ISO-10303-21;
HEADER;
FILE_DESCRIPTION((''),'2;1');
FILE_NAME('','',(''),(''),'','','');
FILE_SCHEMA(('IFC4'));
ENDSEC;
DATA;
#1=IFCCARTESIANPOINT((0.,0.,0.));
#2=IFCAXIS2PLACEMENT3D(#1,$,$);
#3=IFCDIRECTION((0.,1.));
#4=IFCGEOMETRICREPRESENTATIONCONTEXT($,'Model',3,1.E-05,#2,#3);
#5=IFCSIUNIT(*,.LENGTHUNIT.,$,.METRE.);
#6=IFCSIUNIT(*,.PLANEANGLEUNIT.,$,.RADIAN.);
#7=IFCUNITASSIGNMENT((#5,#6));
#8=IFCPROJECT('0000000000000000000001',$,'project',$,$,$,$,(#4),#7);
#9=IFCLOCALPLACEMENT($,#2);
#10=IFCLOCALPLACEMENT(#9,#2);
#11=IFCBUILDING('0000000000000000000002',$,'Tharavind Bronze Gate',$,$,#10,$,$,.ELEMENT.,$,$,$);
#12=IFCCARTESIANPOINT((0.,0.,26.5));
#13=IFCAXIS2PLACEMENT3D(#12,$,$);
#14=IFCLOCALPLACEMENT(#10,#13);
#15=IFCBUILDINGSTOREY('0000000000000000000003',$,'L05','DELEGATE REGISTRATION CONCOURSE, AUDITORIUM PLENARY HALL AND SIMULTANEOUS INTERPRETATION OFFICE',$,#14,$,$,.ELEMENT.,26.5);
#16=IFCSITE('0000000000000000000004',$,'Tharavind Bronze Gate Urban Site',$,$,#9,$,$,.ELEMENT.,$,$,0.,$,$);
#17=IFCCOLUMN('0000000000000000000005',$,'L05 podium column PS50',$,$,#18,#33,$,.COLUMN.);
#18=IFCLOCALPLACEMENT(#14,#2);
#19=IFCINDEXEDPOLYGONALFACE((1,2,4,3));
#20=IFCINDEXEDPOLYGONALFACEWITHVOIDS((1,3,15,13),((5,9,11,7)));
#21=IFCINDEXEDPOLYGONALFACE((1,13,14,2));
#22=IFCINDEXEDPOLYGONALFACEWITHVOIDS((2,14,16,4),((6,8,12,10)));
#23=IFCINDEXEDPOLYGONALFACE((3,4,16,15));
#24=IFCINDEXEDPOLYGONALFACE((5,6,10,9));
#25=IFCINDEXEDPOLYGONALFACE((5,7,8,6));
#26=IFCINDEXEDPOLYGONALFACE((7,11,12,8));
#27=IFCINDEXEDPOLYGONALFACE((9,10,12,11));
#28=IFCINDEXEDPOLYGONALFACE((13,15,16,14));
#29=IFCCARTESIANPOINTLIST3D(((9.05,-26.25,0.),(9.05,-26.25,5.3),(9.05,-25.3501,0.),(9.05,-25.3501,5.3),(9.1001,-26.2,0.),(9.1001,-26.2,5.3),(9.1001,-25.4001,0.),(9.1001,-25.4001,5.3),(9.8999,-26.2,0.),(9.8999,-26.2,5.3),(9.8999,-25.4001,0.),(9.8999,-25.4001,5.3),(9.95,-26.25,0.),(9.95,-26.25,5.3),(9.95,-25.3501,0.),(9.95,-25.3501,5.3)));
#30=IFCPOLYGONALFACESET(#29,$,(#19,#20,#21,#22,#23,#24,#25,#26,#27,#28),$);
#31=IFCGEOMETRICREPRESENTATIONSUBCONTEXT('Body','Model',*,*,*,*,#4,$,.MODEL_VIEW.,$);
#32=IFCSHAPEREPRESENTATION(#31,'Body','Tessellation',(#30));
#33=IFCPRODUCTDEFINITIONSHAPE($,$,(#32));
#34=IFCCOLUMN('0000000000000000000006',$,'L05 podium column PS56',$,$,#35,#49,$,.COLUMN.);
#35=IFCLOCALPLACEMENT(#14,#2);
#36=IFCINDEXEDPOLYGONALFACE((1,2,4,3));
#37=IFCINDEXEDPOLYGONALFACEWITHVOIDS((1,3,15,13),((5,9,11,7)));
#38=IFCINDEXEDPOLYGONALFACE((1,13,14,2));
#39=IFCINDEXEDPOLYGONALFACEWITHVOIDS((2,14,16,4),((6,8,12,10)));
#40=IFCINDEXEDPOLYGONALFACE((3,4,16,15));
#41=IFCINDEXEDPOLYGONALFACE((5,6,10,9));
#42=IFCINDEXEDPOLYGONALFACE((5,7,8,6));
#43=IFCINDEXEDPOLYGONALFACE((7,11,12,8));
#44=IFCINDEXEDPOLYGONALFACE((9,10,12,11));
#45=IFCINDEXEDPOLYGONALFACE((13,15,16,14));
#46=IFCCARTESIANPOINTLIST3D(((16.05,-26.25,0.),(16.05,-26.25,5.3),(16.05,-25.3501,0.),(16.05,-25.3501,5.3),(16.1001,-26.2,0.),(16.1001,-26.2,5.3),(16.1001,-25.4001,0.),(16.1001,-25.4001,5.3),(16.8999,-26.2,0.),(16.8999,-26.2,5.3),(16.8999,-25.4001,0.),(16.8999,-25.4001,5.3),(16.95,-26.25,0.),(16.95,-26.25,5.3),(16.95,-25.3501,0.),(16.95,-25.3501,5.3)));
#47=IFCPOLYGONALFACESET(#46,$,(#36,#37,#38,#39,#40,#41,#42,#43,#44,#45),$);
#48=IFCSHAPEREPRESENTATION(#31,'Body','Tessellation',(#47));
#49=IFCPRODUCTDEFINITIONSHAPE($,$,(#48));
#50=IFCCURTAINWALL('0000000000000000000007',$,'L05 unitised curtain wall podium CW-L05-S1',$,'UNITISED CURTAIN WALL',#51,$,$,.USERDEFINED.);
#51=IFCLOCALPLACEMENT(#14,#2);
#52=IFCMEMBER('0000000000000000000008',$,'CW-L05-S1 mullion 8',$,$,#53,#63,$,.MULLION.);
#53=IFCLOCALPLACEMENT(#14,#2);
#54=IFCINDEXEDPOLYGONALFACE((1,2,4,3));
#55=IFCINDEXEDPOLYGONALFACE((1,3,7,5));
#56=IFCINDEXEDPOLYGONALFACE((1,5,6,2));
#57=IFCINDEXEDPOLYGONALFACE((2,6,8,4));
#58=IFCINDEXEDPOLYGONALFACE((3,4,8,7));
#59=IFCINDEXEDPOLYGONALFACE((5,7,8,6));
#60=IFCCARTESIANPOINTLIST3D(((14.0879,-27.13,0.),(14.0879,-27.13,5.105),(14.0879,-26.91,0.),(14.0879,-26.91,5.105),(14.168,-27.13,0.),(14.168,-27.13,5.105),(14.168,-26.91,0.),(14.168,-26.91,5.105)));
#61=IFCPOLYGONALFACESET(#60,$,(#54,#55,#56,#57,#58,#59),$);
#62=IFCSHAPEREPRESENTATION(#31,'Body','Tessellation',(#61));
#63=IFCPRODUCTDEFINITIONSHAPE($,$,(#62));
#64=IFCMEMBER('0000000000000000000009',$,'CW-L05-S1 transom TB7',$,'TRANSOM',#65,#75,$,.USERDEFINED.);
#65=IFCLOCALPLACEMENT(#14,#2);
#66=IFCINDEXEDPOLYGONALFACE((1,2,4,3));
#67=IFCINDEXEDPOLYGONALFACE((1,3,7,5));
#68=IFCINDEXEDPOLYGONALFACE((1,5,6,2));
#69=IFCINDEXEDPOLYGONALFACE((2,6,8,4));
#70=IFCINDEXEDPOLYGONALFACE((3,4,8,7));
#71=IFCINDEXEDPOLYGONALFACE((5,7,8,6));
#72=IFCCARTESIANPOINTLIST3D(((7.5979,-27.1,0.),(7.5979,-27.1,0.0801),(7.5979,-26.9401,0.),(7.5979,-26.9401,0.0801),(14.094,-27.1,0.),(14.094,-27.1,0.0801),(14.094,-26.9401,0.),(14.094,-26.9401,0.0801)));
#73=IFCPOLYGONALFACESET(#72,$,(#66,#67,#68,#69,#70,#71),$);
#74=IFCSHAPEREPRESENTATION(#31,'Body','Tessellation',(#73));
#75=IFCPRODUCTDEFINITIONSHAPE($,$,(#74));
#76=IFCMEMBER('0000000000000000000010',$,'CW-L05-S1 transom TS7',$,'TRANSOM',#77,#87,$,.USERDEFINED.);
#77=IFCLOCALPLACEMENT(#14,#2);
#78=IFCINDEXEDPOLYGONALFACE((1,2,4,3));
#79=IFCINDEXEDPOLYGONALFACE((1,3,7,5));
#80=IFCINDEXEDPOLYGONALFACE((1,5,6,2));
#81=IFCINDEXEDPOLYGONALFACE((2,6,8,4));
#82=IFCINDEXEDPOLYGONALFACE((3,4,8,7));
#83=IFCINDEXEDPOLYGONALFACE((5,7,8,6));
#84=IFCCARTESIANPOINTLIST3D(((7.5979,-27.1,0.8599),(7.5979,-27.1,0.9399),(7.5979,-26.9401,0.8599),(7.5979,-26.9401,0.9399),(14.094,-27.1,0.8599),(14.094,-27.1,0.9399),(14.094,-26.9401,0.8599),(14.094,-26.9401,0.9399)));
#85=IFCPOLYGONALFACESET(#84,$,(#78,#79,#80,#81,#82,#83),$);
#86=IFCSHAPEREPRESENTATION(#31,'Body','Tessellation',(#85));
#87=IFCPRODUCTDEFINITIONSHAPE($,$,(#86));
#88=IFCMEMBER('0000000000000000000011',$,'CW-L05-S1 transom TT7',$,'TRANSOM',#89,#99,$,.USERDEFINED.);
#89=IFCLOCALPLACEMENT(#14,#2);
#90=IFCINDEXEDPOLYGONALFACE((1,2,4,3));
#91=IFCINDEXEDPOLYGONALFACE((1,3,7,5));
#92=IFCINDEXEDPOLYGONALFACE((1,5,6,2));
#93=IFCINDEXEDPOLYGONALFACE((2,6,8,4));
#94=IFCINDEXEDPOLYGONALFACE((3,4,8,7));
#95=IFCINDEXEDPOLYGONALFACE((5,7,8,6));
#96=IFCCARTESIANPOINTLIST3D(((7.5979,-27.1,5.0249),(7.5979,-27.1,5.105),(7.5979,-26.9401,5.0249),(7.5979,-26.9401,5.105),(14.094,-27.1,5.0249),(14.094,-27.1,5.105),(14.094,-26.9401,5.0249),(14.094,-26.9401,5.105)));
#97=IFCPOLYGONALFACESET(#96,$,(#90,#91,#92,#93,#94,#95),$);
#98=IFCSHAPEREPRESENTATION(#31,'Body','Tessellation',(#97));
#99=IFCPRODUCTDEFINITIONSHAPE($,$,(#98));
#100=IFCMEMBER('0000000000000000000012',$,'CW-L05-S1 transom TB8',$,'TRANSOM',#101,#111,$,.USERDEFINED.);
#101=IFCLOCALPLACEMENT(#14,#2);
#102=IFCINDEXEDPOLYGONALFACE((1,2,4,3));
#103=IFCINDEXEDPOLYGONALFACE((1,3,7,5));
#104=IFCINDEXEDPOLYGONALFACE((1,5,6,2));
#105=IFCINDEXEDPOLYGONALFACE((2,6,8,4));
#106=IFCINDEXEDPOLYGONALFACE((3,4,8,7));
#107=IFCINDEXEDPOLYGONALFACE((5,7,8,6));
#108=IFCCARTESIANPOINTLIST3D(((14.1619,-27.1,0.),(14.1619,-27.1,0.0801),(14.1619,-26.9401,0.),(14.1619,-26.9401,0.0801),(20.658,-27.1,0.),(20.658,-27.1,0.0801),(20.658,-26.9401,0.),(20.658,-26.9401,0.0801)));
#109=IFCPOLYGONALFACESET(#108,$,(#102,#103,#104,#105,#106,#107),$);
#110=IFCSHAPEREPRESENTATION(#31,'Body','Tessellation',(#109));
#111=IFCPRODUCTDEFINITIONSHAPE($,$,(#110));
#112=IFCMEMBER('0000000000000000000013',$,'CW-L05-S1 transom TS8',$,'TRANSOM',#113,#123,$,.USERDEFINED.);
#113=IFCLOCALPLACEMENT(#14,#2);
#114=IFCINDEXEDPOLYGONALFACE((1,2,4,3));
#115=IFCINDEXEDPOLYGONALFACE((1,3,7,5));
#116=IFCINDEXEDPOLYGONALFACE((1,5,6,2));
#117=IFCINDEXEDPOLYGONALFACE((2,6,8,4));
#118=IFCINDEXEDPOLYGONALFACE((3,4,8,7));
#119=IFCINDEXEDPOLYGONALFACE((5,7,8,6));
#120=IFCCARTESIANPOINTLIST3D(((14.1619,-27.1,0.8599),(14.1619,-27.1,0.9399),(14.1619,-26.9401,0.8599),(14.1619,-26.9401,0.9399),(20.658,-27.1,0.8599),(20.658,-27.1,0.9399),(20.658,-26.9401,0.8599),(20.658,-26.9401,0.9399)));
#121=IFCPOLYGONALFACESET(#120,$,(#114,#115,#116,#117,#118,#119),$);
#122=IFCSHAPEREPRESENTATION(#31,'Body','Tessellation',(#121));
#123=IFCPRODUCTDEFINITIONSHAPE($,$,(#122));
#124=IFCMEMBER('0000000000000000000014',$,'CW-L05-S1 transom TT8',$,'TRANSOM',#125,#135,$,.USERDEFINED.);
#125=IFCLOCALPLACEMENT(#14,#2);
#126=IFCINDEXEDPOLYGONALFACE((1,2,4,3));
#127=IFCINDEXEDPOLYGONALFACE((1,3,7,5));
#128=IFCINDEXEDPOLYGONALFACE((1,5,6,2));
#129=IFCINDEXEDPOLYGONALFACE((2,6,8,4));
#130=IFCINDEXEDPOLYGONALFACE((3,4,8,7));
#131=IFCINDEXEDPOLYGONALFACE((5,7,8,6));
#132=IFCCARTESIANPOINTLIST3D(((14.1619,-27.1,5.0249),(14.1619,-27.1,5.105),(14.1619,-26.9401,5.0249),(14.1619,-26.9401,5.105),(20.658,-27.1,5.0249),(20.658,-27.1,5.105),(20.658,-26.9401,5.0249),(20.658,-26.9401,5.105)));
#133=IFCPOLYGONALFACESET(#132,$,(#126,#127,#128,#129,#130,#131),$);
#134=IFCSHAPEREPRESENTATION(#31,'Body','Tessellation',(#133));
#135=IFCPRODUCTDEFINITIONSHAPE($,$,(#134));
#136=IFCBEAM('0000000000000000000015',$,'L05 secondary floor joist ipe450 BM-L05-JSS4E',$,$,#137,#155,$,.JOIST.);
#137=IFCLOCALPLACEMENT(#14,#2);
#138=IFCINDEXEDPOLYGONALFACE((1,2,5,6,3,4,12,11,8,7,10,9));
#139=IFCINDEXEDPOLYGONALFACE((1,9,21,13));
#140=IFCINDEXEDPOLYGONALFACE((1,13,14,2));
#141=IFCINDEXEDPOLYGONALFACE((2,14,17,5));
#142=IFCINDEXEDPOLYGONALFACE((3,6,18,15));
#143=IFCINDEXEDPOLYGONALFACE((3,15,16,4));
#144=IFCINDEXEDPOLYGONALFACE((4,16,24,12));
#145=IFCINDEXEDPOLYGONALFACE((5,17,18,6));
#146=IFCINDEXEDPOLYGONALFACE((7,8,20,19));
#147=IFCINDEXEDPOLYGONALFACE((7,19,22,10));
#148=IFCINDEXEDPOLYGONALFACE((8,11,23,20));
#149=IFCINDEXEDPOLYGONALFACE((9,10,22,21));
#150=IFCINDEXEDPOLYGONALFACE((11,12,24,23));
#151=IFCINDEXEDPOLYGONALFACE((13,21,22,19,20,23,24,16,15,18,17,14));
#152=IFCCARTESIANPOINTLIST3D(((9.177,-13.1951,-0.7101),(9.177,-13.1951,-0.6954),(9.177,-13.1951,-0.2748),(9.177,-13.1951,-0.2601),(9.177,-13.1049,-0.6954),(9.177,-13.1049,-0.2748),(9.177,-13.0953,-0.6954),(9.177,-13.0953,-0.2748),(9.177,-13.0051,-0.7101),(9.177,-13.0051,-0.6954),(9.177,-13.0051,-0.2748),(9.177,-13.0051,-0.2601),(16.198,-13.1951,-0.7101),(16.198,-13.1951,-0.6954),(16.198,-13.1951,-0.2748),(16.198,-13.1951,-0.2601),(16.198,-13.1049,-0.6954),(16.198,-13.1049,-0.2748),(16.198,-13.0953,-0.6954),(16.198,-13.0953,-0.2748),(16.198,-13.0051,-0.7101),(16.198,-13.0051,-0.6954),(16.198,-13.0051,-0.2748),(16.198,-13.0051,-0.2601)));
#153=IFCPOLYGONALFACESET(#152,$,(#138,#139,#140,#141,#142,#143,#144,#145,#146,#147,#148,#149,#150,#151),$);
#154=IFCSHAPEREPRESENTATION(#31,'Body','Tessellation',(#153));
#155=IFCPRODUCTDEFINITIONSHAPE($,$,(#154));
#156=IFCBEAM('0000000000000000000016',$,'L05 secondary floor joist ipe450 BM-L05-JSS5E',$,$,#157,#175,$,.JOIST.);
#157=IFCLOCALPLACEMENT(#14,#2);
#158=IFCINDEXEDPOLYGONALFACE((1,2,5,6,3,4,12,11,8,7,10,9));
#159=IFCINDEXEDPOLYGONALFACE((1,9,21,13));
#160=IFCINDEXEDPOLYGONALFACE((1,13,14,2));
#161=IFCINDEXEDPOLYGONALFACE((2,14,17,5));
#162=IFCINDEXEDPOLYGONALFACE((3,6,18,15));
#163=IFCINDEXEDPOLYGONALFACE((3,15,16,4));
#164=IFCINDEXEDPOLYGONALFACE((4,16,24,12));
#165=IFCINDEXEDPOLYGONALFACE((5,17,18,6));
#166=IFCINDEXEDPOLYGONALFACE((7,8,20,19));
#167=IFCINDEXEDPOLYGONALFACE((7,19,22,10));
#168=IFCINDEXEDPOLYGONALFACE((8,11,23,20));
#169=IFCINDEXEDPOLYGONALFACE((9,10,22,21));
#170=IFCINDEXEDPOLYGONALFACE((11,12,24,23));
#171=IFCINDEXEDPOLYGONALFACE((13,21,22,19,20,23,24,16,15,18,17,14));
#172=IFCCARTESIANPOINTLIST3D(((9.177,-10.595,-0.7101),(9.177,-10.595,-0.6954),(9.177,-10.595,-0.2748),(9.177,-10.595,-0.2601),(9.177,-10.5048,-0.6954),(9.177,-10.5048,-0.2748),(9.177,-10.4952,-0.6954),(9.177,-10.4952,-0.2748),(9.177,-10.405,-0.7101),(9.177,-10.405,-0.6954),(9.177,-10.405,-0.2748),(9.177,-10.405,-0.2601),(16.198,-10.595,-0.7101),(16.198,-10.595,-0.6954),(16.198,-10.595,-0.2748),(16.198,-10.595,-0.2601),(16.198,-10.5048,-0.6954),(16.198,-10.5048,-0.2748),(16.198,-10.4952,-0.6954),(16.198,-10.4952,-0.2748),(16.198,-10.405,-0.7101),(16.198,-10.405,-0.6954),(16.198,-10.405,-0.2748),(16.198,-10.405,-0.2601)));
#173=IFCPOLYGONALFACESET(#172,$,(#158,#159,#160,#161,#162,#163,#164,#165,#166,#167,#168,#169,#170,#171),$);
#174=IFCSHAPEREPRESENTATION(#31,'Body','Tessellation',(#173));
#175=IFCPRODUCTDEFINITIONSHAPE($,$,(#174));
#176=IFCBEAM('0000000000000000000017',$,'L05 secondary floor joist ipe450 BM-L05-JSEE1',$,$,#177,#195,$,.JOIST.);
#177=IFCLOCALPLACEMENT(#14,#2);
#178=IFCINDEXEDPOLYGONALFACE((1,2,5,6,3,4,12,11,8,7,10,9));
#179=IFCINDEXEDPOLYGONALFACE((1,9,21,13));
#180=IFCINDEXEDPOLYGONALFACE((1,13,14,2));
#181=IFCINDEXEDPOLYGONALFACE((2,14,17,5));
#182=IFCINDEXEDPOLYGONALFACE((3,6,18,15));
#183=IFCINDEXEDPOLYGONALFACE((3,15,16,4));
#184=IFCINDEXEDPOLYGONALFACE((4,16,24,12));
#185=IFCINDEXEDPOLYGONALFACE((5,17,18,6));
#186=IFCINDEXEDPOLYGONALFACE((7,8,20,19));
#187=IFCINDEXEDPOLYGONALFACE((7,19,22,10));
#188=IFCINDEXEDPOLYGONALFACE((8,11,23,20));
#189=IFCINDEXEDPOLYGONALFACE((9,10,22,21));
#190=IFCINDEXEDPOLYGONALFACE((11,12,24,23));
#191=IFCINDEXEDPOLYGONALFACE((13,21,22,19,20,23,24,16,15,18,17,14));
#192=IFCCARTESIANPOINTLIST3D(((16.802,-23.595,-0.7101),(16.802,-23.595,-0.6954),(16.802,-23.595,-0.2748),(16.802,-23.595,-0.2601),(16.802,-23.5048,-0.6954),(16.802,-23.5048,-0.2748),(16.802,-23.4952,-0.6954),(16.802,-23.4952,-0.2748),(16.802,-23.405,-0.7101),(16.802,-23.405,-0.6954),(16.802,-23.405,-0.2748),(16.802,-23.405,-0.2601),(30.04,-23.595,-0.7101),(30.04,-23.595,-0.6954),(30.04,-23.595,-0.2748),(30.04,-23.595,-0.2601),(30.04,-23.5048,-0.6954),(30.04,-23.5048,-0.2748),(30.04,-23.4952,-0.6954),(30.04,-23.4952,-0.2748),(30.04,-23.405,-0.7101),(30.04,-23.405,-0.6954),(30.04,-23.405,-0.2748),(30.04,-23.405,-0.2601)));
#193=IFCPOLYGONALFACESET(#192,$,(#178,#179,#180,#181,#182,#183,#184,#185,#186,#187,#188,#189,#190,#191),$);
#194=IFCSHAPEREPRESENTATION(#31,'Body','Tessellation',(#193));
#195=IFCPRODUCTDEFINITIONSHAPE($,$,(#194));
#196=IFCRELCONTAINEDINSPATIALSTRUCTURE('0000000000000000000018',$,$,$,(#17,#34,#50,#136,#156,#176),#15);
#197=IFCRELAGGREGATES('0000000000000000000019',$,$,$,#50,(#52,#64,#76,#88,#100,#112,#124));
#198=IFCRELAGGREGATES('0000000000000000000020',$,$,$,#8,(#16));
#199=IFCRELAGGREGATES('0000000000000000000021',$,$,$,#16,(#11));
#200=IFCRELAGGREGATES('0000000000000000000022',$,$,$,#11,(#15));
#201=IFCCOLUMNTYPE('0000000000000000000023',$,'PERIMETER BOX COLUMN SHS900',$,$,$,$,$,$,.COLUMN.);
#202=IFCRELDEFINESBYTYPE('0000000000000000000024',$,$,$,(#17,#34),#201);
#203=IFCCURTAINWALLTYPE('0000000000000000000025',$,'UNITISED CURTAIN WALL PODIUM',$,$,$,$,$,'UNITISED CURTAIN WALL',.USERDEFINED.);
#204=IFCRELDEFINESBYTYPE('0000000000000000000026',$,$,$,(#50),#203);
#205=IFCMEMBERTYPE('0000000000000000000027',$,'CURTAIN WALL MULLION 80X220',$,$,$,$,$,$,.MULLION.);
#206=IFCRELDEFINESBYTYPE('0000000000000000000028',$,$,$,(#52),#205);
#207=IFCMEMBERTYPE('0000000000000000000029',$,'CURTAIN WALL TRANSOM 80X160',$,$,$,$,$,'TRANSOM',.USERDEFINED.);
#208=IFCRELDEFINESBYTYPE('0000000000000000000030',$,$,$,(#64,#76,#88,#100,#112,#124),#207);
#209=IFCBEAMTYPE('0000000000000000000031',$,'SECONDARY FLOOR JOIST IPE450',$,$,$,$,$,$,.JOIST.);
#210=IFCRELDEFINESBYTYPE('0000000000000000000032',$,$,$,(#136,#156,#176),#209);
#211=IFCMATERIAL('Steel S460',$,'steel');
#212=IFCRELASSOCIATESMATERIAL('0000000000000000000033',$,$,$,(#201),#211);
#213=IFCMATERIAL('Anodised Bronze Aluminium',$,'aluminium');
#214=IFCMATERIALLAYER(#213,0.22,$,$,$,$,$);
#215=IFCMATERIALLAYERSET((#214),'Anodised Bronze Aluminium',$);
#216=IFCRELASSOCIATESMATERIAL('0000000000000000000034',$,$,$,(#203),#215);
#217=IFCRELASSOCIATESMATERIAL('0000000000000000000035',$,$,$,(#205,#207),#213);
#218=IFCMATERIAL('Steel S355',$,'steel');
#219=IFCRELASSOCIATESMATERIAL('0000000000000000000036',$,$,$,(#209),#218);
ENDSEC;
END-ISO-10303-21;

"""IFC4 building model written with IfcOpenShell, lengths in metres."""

from ifc_helpers import new_model, si_unit, direction, frame, origin, origin_2d, place, context, subcontext, project, spatial, rectangle, hollow_rectangle, i_section, extrude, material, layer, layer_set, material_profile, profile_set, type_object, element, aggregate, save


model = new_model("IFC4")

# Units and contexts
model_context = context("Model", 3, precision=1e-05, world=origin(), true_north=direction((0.0, 1.0)))
body_context = subcontext(model_context, "Body", "Model", "MODEL_VIEW")
ifc_project = project(units=[si_unit("LENGTHUNIT", "METRE"), si_unit("PLANEANGLEUNIT", "RADIAN")], contexts=[model_context])

# Site, building, storey
site_placement = place(None, origin())
site = spatial("IfcSite", under=ifc_project, at=site_placement, Name="Tharavind Bronze Gate Urban Site", CompositionType="ELEMENT", RefElevation=0.0)
building_placement = place(site_placement, origin())
building = spatial("IfcBuilding", under=site, at=building_placement, Name="Tharavind Bronze Gate", CompositionType="ELEMENT")
storey_placement = place(building_placement, frame((0.0, 0.0, 26.5)))
storey = spatial("IfcBuildingStorey", under=building, at=storey_placement, Name="L05", Description="DELEGATE REGISTRATION CONCOURSE, AUDITORIUM PLENARY HALL AND SIMULTANEOUS INTERPRETATION OFFICE", CompositionType="ELEMENT", Elevation=26.5)

# Columns
ifc_material_1 = material(Name="Steel S460", Category="steel")
ifc_material_profile_1 = material_profile(ifc_material_1, hollow_rectangle(XDim=0.8999, YDim=0.8999, WallThickness=0.05, at=origin_2d()), Name="SHS900X50")
ifc_profile_set_1 = profile_set([ifc_material_profile_1], Name="Steel S460")
column_type = type_object("IfcColumnType", Name="PERIMETER BOX COLUMN SHS900", PredefinedType="COLUMN", material=ifc_profile_set_1)
for number, where, z_axis, x_axis, name in (
    (1, (9.5, -25.8, 0.0), (0.0, 0.0, 1.0), (1.0, 0.0, 0.0), "L05 podium column PS50"),
    (2, (16.5, -25.8, 0.0), (0.0, 0.0, 1.0), (1.0, 0.0, 0.0), "L05 podium column PS56"),
):
    element("IfcColumn", number, at=place(storey_placement, frame(where, z_axis=z_axis, x_axis=x_axis)), inside=storey, type_object=column_type, Name=name, PredefinedType="COLUMN", context=body_context, shape_type="SweptSolid", body=[
        extrude(hollow_rectangle(XDim=0.8999, YDim=0.8999, WallThickness=0.05, at=origin_2d()), origin(), (0.0, 0.0, 1.0), 5.3),
    ])

# Curtain wall, members
ifc_material_2 = material(Name="Anodised Bronze Aluminium", Category="aluminium")
ifc_layer_1 = layer(ifc_material_2, 0.22)
ifc_layer_set_1 = layer_set([ifc_layer_1], Name="Anodised Bronze Aluminium")
curtain_wall_type = type_object("IfcCurtainWallType", Name="UNITISED CURTAIN WALL PODIUM", ElementType="UNITISED CURTAIN WALL", PredefinedType="USERDEFINED", material=ifc_layer_set_1)
curtain_wall_placement = place(storey_placement, origin())
curtain_wall = element("IfcCurtainWall", 3, at=curtain_wall_placement, inside=storey, type_object=curtain_wall_type, Name="L05 unitised curtain wall podium CW-L05-S1", ObjectType="UNITISED CURTAIN WALL", PredefinedType="USERDEFINED")
member_type_1 = type_object("IfcMemberType", Name="CURTAIN WALL MULLION 80X220", PredefinedType="MULLION", material=ifc_material_2)
member_1_placement = place(storey_placement, frame((14.1279, -27.02, 0.0), z_axis=(0.0, 0.0, 1.0), x_axis=(1.0, 0.0, 0.0)))
member_1 = element("IfcMember", 4, at=member_1_placement, type_object=member_type_1, Name="CW-L05-S1 mullion 8", PredefinedType="MULLION", context=body_context, shape_type="SweptSolid", body=[
    extrude(rectangle(XDim=0.0801, YDim=0.22, at=origin_2d()), origin(), (0.0, 0.0, 1.0), 5.105),
])
member_type_2 = type_object("IfcMemberType", Name="CURTAIN WALL TRANSOM 80X160", ElementType="TRANSOM", PredefinedType="USERDEFINED", material=ifc_material_2)
member_2_placement = place(storey_placement, frame((10.8459, -27.02, 0.0), z_axis=(0.0, 0.0, 1.0), x_axis=(1.0, 0.0, 0.0)))
member_2 = element("IfcMember", 5, at=member_2_placement, type_object=member_type_2, Name="CW-L05-S1 transom TB7", ObjectType="TRANSOM", PredefinedType="USERDEFINED", context=body_context, shape_type="SweptSolid", body=[
    extrude(rectangle(XDim=6.4961, YDim=0.1599, at=origin_2d()), origin(), (0.0, 0.0, 1.0), 0.0801),
])
member_3_placement = place(storey_placement, frame((10.8459, -27.02, 0.8599), z_axis=(0.0, 0.0, 1.0), x_axis=(1.0, 0.0, 0.0)))
member_3 = element("IfcMember", 6, at=member_3_placement, type_object=member_type_2, Name="CW-L05-S1 transom TS7", ObjectType="TRANSOM", PredefinedType="USERDEFINED", context=body_context, shape_type="SweptSolid", body=[
    extrude(rectangle(XDim=6.4961, YDim=0.1599, at=origin_2d()), origin(), (0.0, 0.0, 1.0), 0.0801),
])
member_4_placement = place(storey_placement, frame((10.8459, -27.02, 5.0249), z_axis=(0.0, 0.0, 1.0), x_axis=(1.0, 0.0, 0.0)))
member_4 = element("IfcMember", 7, at=member_4_placement, type_object=member_type_2, Name="CW-L05-S1 transom TT7", ObjectType="TRANSOM", PredefinedType="USERDEFINED", context=body_context, shape_type="SweptSolid", body=[
    extrude(rectangle(XDim=6.4961, YDim=0.1599, at=origin_2d()), origin(), (0.0, 0.0, 1.0), 0.0801),
])
member_5_placement = place(storey_placement, frame((17.4099, -27.02, 0.0), z_axis=(0.0, 0.0, 1.0), x_axis=(1.0, 0.0, 0.0)))
member_5 = element("IfcMember", 8, at=member_5_placement, type_object=member_type_2, Name="CW-L05-S1 transom TB8", ObjectType="TRANSOM", PredefinedType="USERDEFINED", context=body_context, shape_type="SweptSolid", body=[
    extrude(rectangle(XDim=6.4961, YDim=0.1599, at=origin_2d()), origin(), (0.0, 0.0, 1.0), 0.0801),
])
member_6_placement = place(storey_placement, frame((17.4099, -27.02, 0.8599), z_axis=(0.0, 0.0, 1.0), x_axis=(1.0, 0.0, 0.0)))
member_6 = element("IfcMember", 9, at=member_6_placement, type_object=member_type_2, Name="CW-L05-S1 transom TS8", ObjectType="TRANSOM", PredefinedType="USERDEFINED", context=body_context, shape_type="SweptSolid", body=[
    extrude(rectangle(XDim=6.4961, YDim=0.1599, at=origin_2d()), origin(), (0.0, 0.0, 1.0), 0.0801),
])
member_7_placement = place(storey_placement, frame((17.4099, -27.02, 5.0249), z_axis=(0.0, 0.0, 1.0), x_axis=(1.0, 0.0, 0.0)))
member_7 = element("IfcMember", 10, at=member_7_placement, type_object=member_type_2, Name="CW-L05-S1 transom TT8", ObjectType="TRANSOM", PredefinedType="USERDEFINED", context=body_context, shape_type="SweptSolid", body=[
    extrude(rectangle(XDim=6.4961, YDim=0.1599, at=origin_2d()), origin(), (0.0, 0.0, 1.0), 0.0801),
])

# Beams
ifc_material_3 = material(Name="Steel S355", Category="steel")
ifc_material_profile_2 = material_profile(ifc_material_3, i_section(OverallWidth=0.1899, OverallDepth=0.45, WebThickness=0.0095, FlangeThickness=0.0146, at=origin_2d()), Name="IPE450")
ifc_profile_set_2 = profile_set([ifc_material_profile_2], Name="Steel S355")
beam_type_1 = type_object("IfcBeamType", Name="SECONDARY FLOOR JOIST IPE450", PredefinedType="JOIST", material=ifc_profile_set_2)
for number, where, z_axis, x_axis, name in (
    (11, (9.177, -13.1001, -0.4851), (1.0, 0.0, 0.0), (0.0, 1.0, 0.0), "L05 secondary floor joist ipe450 BM-L05-JSS4E"),
    (12, (9.177, -10.5, -0.4851), (1.0, 0.0, 0.0), (0.0, 1.0, 0.0), "L05 secondary floor joist ipe450 BM-L05-JSS5E"),
):
    element("IfcBeam", number, at=place(storey_placement, frame(where, z_axis=z_axis, x_axis=x_axis)), inside=storey, type_object=beam_type_1, Name=name, PredefinedType="JOIST", context=body_context, shape_type="SweptSolid", body=[
        extrude(i_section(OverallWidth=0.1899, OverallDepth=0.45, WebThickness=0.0095, FlangeThickness=0.0146, at=origin_2d()), origin(), (0.0, 0.0, 1.0), 7.021),
    ])
for number, where, z_axis, x_axis, name in (
    (13, (16.802, -23.5, -0.4851), (1.0, 0.0, 0.0), (0.0, 1.0, 0.0), "L05 secondary floor joist ipe450 BM-L05-JSEE1"),
):
    element("IfcBeam", number, at=place(storey_placement, frame(where, z_axis=z_axis, x_axis=x_axis)), inside=storey, type_object=beam_type_1, Name=name, PredefinedType="JOIST", context=body_context, shape_type="SweptSolid", body=[
        extrude(i_section(OverallWidth=0.1899, OverallDepth=0.45, WebThickness=0.0095, FlangeThickness=0.0146, at=origin_2d()), origin(), (0.0, 0.0, 1.0), 13.238),
    ])

aggregate(curtain_wall, [member_1, member_2, member_3, member_4, member_5, member_6, member_7])

save(model, "model.ifc")
